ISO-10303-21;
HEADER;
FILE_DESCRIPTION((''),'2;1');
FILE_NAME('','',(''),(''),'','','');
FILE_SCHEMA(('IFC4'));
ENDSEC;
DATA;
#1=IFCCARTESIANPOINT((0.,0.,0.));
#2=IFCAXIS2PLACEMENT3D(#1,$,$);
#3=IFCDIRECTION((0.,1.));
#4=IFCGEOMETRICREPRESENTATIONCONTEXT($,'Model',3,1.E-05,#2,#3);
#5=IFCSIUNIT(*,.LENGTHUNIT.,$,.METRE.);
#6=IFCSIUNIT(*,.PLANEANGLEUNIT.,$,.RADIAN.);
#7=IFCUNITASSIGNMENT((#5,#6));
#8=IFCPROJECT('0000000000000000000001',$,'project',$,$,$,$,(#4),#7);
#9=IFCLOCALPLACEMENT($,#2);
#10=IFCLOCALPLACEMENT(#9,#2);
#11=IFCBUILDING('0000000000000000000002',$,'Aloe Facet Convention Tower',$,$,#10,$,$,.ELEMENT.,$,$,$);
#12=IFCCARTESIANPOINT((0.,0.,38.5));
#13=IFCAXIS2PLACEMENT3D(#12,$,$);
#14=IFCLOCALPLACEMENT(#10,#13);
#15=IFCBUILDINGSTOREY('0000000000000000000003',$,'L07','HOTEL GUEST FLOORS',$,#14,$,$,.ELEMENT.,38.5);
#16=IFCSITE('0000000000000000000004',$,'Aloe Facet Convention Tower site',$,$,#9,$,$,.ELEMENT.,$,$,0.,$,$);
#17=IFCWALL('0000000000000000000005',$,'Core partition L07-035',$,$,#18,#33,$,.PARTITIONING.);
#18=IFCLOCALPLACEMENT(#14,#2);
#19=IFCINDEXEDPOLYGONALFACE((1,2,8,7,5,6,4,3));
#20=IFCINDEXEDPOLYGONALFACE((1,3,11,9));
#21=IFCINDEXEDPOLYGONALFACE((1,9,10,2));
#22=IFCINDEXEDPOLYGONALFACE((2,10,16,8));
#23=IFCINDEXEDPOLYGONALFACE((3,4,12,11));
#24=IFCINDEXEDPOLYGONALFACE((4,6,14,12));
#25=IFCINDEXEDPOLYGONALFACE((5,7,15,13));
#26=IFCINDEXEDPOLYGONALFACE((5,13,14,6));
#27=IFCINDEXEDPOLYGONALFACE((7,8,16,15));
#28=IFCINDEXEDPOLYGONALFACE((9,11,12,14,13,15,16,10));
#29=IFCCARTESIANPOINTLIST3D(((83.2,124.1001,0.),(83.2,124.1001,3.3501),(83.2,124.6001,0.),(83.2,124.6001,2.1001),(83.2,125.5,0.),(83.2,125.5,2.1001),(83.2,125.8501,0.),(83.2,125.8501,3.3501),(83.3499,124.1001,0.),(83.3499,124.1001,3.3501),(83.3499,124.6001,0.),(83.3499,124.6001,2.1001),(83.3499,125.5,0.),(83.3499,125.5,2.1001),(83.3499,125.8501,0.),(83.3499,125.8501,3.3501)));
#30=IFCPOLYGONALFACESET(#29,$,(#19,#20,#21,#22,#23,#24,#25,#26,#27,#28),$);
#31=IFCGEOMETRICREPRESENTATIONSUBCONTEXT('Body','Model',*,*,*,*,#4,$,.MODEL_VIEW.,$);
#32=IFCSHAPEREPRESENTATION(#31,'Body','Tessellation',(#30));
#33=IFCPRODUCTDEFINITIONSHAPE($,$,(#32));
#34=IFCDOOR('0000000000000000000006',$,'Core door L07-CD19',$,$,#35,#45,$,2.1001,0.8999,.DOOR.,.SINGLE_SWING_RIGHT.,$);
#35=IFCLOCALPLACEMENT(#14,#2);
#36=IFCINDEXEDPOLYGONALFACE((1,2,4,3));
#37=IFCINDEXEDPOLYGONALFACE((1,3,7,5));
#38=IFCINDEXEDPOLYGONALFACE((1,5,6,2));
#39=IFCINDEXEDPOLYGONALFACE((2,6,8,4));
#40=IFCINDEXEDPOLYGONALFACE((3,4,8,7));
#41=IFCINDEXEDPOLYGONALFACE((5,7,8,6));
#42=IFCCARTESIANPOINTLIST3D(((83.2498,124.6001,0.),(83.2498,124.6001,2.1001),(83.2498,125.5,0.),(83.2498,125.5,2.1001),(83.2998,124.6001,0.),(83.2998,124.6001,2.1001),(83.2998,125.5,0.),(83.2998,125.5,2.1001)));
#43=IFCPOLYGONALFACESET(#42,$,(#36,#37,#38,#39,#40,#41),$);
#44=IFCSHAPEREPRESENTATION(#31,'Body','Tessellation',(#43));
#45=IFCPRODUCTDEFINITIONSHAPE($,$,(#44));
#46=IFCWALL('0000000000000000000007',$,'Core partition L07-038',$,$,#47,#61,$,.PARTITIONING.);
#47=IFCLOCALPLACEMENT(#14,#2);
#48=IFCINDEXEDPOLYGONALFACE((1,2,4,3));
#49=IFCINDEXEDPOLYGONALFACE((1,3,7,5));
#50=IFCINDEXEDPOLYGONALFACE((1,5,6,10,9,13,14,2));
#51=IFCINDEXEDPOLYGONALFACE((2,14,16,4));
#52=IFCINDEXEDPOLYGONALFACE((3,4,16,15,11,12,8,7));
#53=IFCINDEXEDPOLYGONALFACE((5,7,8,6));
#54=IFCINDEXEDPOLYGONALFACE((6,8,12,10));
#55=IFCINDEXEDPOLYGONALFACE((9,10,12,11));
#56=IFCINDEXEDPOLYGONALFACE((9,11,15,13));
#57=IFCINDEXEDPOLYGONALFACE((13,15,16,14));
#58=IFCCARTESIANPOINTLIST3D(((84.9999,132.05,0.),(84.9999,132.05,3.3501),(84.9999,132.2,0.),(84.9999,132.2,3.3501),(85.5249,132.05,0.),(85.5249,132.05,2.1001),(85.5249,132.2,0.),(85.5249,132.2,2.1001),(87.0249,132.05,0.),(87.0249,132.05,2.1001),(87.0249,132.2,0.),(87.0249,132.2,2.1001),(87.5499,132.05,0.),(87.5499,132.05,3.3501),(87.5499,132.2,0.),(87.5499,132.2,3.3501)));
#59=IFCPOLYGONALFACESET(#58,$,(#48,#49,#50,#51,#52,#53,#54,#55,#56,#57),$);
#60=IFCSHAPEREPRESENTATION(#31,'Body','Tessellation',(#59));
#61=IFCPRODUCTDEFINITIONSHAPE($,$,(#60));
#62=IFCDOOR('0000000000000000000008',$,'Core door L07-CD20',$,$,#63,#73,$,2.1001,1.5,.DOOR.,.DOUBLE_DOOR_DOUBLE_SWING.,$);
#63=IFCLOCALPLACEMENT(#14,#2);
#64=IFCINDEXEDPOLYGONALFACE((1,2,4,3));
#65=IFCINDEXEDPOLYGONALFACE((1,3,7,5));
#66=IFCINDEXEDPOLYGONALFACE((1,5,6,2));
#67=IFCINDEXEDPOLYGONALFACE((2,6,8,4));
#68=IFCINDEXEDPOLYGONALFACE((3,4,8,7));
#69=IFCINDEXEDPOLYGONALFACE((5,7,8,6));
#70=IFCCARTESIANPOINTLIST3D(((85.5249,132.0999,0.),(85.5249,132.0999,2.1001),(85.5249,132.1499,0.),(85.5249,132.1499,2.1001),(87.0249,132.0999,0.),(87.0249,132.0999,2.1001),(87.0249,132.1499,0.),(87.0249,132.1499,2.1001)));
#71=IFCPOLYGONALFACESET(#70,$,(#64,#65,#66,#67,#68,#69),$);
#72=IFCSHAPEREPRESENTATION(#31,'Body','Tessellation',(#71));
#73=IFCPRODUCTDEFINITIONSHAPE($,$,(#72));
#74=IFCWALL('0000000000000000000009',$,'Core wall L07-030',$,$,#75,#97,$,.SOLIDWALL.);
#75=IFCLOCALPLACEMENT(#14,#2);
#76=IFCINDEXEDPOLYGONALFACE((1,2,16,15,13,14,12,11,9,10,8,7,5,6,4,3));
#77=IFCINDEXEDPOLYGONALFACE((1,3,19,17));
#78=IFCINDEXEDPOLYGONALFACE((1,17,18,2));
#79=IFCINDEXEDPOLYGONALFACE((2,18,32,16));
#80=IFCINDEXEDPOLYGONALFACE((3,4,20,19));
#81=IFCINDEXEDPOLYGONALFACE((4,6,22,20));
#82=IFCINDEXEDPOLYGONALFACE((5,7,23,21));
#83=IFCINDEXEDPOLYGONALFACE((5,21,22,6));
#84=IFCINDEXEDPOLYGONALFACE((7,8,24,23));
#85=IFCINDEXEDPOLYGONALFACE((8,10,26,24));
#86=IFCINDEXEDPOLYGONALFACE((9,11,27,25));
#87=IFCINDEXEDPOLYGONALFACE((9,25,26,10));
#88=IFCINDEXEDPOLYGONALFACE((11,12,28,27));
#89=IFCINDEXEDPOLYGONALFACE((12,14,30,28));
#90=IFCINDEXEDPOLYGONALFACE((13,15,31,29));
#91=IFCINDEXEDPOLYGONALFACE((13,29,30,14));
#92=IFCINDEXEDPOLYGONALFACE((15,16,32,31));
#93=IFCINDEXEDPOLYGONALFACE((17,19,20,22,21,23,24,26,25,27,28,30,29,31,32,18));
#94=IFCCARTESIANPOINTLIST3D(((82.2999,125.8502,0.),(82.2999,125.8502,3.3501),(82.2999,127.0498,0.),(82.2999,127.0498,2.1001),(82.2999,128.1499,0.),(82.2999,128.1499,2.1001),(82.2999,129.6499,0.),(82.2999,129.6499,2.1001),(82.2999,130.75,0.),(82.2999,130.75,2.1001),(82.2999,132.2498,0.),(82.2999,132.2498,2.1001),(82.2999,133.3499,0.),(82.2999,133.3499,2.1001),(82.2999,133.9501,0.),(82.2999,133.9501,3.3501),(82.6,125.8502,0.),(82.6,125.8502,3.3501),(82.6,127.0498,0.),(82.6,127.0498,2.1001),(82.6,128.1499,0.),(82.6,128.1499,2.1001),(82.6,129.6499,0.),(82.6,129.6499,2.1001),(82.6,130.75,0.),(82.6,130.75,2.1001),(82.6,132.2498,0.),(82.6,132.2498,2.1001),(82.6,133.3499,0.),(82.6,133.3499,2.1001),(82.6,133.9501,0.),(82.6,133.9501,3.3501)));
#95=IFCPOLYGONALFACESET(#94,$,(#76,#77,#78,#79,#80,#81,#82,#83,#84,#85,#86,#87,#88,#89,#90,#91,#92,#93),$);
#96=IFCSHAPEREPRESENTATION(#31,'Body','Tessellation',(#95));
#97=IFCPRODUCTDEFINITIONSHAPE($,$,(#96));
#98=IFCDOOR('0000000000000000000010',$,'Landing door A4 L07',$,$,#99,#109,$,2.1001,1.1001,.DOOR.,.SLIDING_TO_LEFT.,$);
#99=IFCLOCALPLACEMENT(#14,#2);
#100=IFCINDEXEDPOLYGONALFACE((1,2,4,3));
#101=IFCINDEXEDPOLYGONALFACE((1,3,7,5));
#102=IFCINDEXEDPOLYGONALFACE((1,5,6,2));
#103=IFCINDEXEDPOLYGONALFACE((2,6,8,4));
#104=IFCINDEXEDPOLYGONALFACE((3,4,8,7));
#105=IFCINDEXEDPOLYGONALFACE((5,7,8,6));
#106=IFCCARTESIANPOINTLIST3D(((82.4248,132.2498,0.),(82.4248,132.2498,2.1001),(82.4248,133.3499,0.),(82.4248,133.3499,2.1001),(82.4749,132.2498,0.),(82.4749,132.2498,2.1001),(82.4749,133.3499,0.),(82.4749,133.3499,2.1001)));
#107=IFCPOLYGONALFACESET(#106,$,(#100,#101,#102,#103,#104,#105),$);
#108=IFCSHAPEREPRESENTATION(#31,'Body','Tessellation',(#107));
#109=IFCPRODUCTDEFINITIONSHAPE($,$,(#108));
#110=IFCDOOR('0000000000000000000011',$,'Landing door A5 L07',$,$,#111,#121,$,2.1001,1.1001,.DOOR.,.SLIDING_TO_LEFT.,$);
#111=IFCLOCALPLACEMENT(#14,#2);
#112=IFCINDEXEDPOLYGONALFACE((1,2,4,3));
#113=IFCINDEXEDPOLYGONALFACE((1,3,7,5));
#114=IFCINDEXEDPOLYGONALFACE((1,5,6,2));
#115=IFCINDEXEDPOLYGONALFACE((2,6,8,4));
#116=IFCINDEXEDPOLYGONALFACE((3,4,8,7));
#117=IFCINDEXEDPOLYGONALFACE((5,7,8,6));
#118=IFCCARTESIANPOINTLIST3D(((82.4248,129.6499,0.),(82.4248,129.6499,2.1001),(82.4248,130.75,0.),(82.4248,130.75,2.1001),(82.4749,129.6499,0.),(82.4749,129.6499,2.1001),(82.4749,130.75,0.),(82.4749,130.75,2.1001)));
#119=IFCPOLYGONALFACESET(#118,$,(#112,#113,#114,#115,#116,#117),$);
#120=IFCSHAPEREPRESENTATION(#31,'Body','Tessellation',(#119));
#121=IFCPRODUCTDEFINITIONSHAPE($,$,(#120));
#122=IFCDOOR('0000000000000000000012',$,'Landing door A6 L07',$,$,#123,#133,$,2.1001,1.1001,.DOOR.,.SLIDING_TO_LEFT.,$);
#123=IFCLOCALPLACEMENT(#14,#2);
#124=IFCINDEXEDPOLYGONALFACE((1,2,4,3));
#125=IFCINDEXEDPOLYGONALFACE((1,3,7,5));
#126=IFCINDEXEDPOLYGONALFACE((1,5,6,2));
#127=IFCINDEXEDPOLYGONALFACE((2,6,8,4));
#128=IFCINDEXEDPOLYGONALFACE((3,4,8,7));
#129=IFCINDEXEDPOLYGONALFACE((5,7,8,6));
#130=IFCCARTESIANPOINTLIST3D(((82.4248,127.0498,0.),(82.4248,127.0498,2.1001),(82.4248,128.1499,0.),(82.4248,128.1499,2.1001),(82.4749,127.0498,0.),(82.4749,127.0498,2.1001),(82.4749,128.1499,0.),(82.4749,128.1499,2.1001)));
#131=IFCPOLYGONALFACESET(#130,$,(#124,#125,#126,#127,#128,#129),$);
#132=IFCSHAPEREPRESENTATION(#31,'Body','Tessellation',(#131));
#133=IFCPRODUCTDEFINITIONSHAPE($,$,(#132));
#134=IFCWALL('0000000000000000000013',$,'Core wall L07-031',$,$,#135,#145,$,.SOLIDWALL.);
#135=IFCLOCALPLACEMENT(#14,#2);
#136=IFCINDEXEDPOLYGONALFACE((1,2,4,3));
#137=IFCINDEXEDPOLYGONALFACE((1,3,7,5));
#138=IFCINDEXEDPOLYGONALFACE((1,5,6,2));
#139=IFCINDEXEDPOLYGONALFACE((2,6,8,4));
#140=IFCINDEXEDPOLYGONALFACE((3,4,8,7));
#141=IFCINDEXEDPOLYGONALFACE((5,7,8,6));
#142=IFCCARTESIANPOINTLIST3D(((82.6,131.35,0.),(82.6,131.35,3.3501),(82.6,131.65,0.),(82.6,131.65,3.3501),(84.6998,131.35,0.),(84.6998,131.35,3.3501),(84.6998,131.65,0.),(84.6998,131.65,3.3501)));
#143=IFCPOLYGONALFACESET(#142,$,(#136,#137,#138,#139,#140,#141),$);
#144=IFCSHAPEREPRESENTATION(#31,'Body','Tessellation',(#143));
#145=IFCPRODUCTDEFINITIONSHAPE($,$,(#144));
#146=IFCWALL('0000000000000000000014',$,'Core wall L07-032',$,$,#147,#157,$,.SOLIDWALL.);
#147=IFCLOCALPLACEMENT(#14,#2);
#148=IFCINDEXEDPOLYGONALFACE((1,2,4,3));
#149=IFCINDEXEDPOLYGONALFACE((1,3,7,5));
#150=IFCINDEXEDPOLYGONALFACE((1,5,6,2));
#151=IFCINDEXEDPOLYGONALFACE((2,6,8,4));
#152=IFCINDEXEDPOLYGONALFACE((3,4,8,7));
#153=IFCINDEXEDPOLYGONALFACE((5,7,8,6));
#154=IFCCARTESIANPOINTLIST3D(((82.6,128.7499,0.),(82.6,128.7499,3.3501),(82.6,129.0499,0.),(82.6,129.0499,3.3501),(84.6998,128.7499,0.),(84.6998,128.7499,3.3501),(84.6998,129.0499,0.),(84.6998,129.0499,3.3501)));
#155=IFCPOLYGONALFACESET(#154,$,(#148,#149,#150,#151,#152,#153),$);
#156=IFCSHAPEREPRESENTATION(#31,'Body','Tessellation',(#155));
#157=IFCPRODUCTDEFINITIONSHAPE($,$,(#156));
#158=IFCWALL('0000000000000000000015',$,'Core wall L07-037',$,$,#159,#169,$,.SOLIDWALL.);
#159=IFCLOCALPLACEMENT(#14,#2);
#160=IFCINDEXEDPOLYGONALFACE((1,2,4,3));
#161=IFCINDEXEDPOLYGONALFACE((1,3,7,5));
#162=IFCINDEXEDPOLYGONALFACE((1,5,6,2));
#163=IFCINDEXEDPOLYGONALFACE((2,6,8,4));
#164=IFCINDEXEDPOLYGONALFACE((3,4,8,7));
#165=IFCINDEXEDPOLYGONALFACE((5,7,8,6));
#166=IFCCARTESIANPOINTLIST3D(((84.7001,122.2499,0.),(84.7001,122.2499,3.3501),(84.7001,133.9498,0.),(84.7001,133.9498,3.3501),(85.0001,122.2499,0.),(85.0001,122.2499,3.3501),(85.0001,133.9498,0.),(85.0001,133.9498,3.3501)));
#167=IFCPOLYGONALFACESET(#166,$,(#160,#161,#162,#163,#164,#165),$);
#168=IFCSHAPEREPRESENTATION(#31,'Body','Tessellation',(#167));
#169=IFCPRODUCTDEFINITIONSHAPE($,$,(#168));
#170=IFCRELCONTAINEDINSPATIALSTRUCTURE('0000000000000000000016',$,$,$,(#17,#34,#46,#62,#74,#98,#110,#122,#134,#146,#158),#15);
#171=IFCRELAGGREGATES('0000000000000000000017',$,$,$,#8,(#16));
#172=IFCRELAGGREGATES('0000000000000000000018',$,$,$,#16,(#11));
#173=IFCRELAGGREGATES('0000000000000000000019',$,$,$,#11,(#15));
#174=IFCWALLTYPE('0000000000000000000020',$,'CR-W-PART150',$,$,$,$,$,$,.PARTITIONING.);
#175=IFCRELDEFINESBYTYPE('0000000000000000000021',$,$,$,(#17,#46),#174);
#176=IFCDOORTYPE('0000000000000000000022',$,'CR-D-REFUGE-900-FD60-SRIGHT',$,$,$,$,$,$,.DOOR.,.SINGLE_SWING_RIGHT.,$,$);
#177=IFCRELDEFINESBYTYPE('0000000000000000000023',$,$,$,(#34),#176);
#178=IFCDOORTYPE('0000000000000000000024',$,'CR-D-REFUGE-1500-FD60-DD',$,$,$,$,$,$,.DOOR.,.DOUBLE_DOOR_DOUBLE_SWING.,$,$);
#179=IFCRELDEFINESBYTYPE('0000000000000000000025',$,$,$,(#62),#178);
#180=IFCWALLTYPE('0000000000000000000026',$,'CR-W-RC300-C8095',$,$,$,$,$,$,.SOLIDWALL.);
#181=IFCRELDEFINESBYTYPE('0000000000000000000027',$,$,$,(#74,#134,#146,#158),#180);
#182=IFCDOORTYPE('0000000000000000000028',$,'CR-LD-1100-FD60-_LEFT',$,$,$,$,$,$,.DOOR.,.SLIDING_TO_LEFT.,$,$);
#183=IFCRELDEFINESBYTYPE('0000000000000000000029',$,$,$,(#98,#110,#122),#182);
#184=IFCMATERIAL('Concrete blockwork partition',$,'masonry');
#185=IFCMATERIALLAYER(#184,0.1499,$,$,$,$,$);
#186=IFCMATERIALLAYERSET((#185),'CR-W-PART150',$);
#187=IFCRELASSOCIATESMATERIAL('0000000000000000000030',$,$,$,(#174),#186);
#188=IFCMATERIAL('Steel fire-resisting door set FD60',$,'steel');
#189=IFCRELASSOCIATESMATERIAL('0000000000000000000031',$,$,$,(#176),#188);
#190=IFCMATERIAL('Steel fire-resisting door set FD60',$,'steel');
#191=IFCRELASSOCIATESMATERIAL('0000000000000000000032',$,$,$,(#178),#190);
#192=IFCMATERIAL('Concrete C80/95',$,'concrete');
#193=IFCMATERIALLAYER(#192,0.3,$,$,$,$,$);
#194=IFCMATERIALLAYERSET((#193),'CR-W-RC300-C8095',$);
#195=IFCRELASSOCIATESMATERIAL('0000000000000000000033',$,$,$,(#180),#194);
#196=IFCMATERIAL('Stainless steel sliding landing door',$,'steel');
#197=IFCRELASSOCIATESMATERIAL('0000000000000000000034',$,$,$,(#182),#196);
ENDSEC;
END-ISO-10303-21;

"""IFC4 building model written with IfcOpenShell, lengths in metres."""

from ifc_helpers import new_model, si_unit, direction, frame, frame_2d, origin, place, context, subcontext, project, spatial, rectangle, extrude, material, layer, layer_set, type_object, element, fill, save


model = new_model("IFC4")

# Units and contexts
model_context = context("Model", 3, precision=1e-05, world=origin(), true_north=direction((0.0, 1.0)))
body_context = subcontext(model_context, "Body", "Model", "MODEL_VIEW")
ifc_project = project(units=[si_unit("LENGTHUNIT", "METRE"), si_unit("PLANEANGLEUNIT", "RADIAN")], contexts=[model_context])

# Site, building, storey
site_placement = place(None, origin())
site = spatial("IfcSite", under=ifc_project, at=site_placement, Name="Aloe Facet Convention Tower site", CompositionType="ELEMENT", RefElevation=0.0)
building_placement = place(site_placement, origin())
building = spatial("IfcBuilding", under=site, at=building_placement, Name="Aloe Facet Convention Tower", CompositionType="ELEMENT")
storey_placement = place(building_placement, frame((0.0, 0.0, 38.5)))
storey = spatial("IfcBuildingStorey", under=building, at=storey_placement, Name="L07", Description="HOTEL GUEST FLOORS", CompositionType="ELEMENT", Elevation=38.5)

# Walls, openings, doors
ifc_material_1 = material(Name="Concrete blockwork partition", Category="masonry")
ifc_layer_1 = layer(ifc_material_1, 0.1499)
ifc_layer_set_1 = layer_set([ifc_layer_1], Name="CR-W-PART150")
wall_type_1 = type_object("IfcWallType", Name="CR-W-PART150", PredefinedType="PARTITIONING", material=ifc_layer_set_1)
wall_1_placement = place(storey_placement, frame((83.2749, 125.8501, 0.0), z_axis=(0.0, 0.0, 1.0), x_axis=(0.0, -1.0, 0.0)))
wall_1 = element("IfcWall", 1, at=wall_1_placement, inside=storey, type_object=wall_type_1, Name="Core partition L07-035", PredefinedType="PARTITIONING", context=body_context, shape_type="SweptSolid", body=[
    extrude(rectangle(XDim=1.75, YDim=0.1499, at=frame_2d((0.875, 0.0))), origin(), (0.0, 0.0, 1.0), 3.3501),
])
opening_1_placement = place(wall_1_placement, frame((0.3501, 0.0, 0.0)))
opening_1 = element("IfcOpeningElement", 2, at=opening_1_placement, cuts=wall_1, PredefinedType="OPENING", context=body_context, shape_type="SweptSolid", body=[
    extrude(rectangle(XDim=0.8999, YDim=2.1001, at=frame_2d((0.45, 1.05))), frame((0.0, 0.085, 0.0), z_axis=(0.0, -1.0, 0.0), x_axis=(1.0, 0.0, 0.0)), (0.0, 0.0, 1.0), 0.1699),
])
ifc_material_2 = material(Name="Steel fire-resisting door set FD60", Category="steel")
door_type_1 = type_object("IfcDoorType", Name="CR-D-REFUGE-900-FD60-SRIGHT", OperationType="SINGLE_SWING_RIGHT", PredefinedType="DOOR", material=ifc_material_2)
door_1_placement = place(opening_1_placement, origin())
door_1 = element("IfcDoor", 3, at=door_1_placement, inside=storey, type_object=door_type_1, Name="Core door L07-CD19", OperationType="SINGLE_SWING_RIGHT", OverallHeight=2.1001, OverallWidth=0.8999, PredefinedType="DOOR", context=body_context, shape_type="SweptSolid", body=[
    extrude(rectangle(XDim=0.8999, YDim=2.1001, at=frame_2d((0.45, 1.05))), frame((0.0, 0.0249, 0.0), z_axis=(0.0, -1.0, 0.0), x_axis=(1.0, 0.0, 0.0)), (0.0, 0.0, 1.0), 0.05),
])
fill(opening_1, door_1)
wall_2_placement = place(storey_placement, frame((85.0, 132.125, 0.0), z_axis=(0.0, 0.0, 1.0), x_axis=(1.0, 0.0, 0.0)))
wall_2 = element("IfcWall", 4, at=wall_2_placement, inside=storey, type_object=wall_type_1, Name="Core partition L07-038", PredefinedType="PARTITIONING", context=body_context, shape_type="SweptSolid", body=[
    extrude(rectangle(XDim=2.55, YDim=0.1499, at=frame_2d((1.2749, 0.0))), origin(), (0.0, 0.0, 1.0), 3.3501),
])
opening_2_placement = place(wall_2_placement, frame((0.5249, 0.0, 0.0)))
opening_2 = element("IfcOpeningElement", 5, at=opening_2_placement, cuts=wall_2, PredefinedType="OPENING", context=body_context, shape_type="SweptSolid", body=[
    extrude(rectangle(XDim=1.5, YDim=2.1001, at=frame_2d((0.75, 1.05))), frame((0.0, 0.085, 0.0), z_axis=(0.0, -1.0, 0.0), x_axis=(1.0, 0.0, 0.0)), (0.0, 0.0, 1.0), 0.1699),
])
ifc_material_3 = material(Name="Steel fire-resisting door set FD60", Category="steel")
door_type_2 = type_object("IfcDoorType", Name="CR-D-REFUGE-1500-FD60-DD", OperationType="DOUBLE_DOOR_DOUBLE_SWING", PredefinedType="DOOR", material=ifc_material_3)
door_2_placement = place(opening_2_placement, origin())
door_2 = element("IfcDoor", 6, at=door_2_placement, inside=storey, type_object=door_type_2, Name="Core door L07-CD20", OperationType="DOUBLE_DOOR_DOUBLE_SWING", OverallHeight=2.1001, OverallWidth=1.5, PredefinedType="DOOR", context=body_context, shape_type="SweptSolid", body=[
    extrude(rectangle(XDim=1.5, YDim=2.1001, at=frame_2d((0.75, 1.05))), frame((0.0, 0.0249, 0.0), z_axis=(0.0, -1.0, 0.0), x_axis=(1.0, 0.0, 0.0)), (0.0, 0.0, 1.0), 0.05),
])
fill(opening_2, door_2)

# Wall, openings, doors
ifc_material_4 = material(Name="Concrete C80/95", Category="concrete")
ifc_layer_2 = layer(ifc_material_4, 0.3)
ifc_layer_set_2 = layer_set([ifc_layer_2], Name="CR-W-RC300-C8095")
wall_type_2 = type_object("IfcWallType", Name="CR-W-RC300-C8095", PredefinedType="SOLIDWALL", material=ifc_layer_set_2)
wall_3_placement = place(storey_placement, frame((82.45, 133.95, 0.0), z_axis=(0.0, 0.0, 1.0), x_axis=(0.0, -1.0, 0.0)))
wall_3 = element("IfcWall", 7, at=wall_3_placement, inside=storey, type_object=wall_type_2, Name="Core wall L07-030", PredefinedType="SOLIDWALL", context=body_context, shape_type="SweptSolid", body=[
    extrude(rectangle(XDim=8.0999, YDim=0.3, at=frame_2d((4.0498, 0.0))), origin(), (0.0, 0.0, 1.0), 3.3501),
])
opening_3_placement = place(wall_3_placement, frame((0.6001, 0.0, 0.0)))
opening_3 = element("IfcOpeningElement", 8, at=opening_3_placement, cuts=wall_3, PredefinedType="OPENING", context=body_context, shape_type="SweptSolid", body=[
    extrude(rectangle(XDim=1.1001, YDim=2.1001, at=frame_2d((0.55, 1.05))), frame((0.0, 0.1602, 0.0), z_axis=(0.0, -1.0, 0.0), x_axis=(1.0, 0.0, 0.0)), (0.0, 0.0, 1.0), 0.3201),
])
opening_4_placement = place(wall_3_placement, frame((3.2, 0.0, 0.0)))
opening_4 = element("IfcOpeningElement", 9, at=opening_4_placement, cuts=wall_3, PredefinedType="OPENING", context=body_context, shape_type="SweptSolid", body=[
    extrude(rectangle(XDim=1.1001, YDim=2.1001, at=frame_2d((0.55, 1.05))), frame((0.0, 0.1602, 0.0), z_axis=(0.0, -1.0, 0.0), x_axis=(1.0, 0.0, 0.0)), (0.0, 0.0, 1.0), 0.3201),
])
opening_5_placement = place(wall_3_placement, frame((5.8, 0.0, 0.0)))
opening_5 = element("IfcOpeningElement", 10, at=opening_5_placement, cuts=wall_3, PredefinedType="OPENING", context=body_context, shape_type="SweptSolid", body=[
    extrude(rectangle(XDim=1.1001, YDim=2.1001, at=frame_2d((0.55, 1.05))), frame((0.0, 0.1602, 0.0), z_axis=(0.0, -1.0, 0.0), x_axis=(1.0, 0.0, 0.0)), (0.0, 0.0, 1.0), 0.3201),
])
ifc_material_5 = material(Name="Stainless steel sliding landing door", Category="steel")
door_type_3 = type_object("IfcDoorType", Name="CR-LD-1100-FD60-_LEFT", OperationType="SLIDING_TO_LEFT", PredefinedType="DOOR", material=ifc_material_5)
door_3_placement = place(opening_3_placement, origin())
door_3 = element("IfcDoor", 11, at=door_3_placement, inside=storey, type_object=door_type_3, Name="Landing door A4 L07", OperationType="SLIDING_TO_LEFT", OverallHeight=2.1001, OverallWidth=1.1001, PredefinedType="DOOR", context=body_context, shape_type="SweptSolid", body=[
    extrude(rectangle(XDim=1.1001, YDim=2.1001, at=frame_2d((0.55, 1.05))), frame((0.0, 0.0249, 0.0), z_axis=(0.0, -1.0, 0.0), x_axis=(1.0, 0.0, 0.0)), (0.0, 0.0, 1.0), 0.05),
])
fill(opening_3, door_3)
door_4_placement = place(opening_4_placement, origin())
door_4 = element("IfcDoor", 12, at=door_4_placement, inside=storey, type_object=door_type_3, Name="Landing door A5 L07", OperationType="SLIDING_TO_LEFT", OverallHeight=2.1001, OverallWidth=1.1001, PredefinedType="DOOR", context=body_context, shape_type="SweptSolid", body=[
    extrude(rectangle(XDim=1.1001, YDim=2.1001, at=frame_2d((0.55, 1.05))), frame((0.0, 0.0249, 0.0), z_axis=(0.0, -1.0, 0.0), x_axis=(1.0, 0.0, 0.0)), (0.0, 0.0, 1.0), 0.05),
])
fill(opening_4, door_4)
door_5_placement = place(opening_5_placement, origin())
door_5 = element("IfcDoor", 13, at=door_5_placement, inside=storey, type_object=door_type_3, Name="Landing door A6 L07", OperationType="SLIDING_TO_LEFT", OverallHeight=2.1001, OverallWidth=1.1001, PredefinedType="DOOR", context=body_context, shape_type="SweptSolid", body=[
    extrude(rectangle(XDim=1.1001, YDim=2.1001, at=frame_2d((0.55, 1.05))), frame((0.0, 0.0249, 0.0), z_axis=(0.0, -1.0, 0.0), x_axis=(1.0, 0.0, 0.0)), (0.0, 0.0, 1.0), 0.05),
])
fill(opening_5, door_5)

# Walls
for number, where, z_axis, x_axis, name in (
    (14, (82.6001, 131.5, 0.0), (0.0, 0.0, 1.0), (1.0, 0.0, 0.0), "Core wall L07-031"),
    (15, (82.6001, 128.8999, 0.0), (0.0, 0.0, 1.0), (1.0, 0.0, 0.0), "Core wall L07-032"),
):
    element("IfcWall", number, at=place(storey_placement, frame(where, z_axis=z_axis, x_axis=x_axis)), inside=storey, type_object=wall_type_2, Name=name, PredefinedType="SOLIDWALL", context=body_context, shape_type="SweptSolid", body=[
        extrude(rectangle(XDim=2.0999, YDim=0.3, at=frame_2d((1.0498, 0.0))), origin(), (0.0, 0.0, 1.0), 3.3501),
    ])
wall_4_placement = place(storey_placement, frame((84.8501, 133.95, 0.0), z_axis=(0.0, 0.0, 1.0), x_axis=(0.0, -1.0, 0.0)))
element("IfcWall", 16, at=wall_4_placement, inside=storey, type_object=wall_type_2, Name="Core wall L07-037", PredefinedType="SOLIDWALL", context=body_context, shape_type="SweptSolid", body=[
    extrude(rectangle(XDim=11.7, YDim=0.3, at=frame_2d((5.8501, 0.0))), origin(), (0.0, 0.0, 1.0), 3.3501),
])

save(model, "model.ifc")
